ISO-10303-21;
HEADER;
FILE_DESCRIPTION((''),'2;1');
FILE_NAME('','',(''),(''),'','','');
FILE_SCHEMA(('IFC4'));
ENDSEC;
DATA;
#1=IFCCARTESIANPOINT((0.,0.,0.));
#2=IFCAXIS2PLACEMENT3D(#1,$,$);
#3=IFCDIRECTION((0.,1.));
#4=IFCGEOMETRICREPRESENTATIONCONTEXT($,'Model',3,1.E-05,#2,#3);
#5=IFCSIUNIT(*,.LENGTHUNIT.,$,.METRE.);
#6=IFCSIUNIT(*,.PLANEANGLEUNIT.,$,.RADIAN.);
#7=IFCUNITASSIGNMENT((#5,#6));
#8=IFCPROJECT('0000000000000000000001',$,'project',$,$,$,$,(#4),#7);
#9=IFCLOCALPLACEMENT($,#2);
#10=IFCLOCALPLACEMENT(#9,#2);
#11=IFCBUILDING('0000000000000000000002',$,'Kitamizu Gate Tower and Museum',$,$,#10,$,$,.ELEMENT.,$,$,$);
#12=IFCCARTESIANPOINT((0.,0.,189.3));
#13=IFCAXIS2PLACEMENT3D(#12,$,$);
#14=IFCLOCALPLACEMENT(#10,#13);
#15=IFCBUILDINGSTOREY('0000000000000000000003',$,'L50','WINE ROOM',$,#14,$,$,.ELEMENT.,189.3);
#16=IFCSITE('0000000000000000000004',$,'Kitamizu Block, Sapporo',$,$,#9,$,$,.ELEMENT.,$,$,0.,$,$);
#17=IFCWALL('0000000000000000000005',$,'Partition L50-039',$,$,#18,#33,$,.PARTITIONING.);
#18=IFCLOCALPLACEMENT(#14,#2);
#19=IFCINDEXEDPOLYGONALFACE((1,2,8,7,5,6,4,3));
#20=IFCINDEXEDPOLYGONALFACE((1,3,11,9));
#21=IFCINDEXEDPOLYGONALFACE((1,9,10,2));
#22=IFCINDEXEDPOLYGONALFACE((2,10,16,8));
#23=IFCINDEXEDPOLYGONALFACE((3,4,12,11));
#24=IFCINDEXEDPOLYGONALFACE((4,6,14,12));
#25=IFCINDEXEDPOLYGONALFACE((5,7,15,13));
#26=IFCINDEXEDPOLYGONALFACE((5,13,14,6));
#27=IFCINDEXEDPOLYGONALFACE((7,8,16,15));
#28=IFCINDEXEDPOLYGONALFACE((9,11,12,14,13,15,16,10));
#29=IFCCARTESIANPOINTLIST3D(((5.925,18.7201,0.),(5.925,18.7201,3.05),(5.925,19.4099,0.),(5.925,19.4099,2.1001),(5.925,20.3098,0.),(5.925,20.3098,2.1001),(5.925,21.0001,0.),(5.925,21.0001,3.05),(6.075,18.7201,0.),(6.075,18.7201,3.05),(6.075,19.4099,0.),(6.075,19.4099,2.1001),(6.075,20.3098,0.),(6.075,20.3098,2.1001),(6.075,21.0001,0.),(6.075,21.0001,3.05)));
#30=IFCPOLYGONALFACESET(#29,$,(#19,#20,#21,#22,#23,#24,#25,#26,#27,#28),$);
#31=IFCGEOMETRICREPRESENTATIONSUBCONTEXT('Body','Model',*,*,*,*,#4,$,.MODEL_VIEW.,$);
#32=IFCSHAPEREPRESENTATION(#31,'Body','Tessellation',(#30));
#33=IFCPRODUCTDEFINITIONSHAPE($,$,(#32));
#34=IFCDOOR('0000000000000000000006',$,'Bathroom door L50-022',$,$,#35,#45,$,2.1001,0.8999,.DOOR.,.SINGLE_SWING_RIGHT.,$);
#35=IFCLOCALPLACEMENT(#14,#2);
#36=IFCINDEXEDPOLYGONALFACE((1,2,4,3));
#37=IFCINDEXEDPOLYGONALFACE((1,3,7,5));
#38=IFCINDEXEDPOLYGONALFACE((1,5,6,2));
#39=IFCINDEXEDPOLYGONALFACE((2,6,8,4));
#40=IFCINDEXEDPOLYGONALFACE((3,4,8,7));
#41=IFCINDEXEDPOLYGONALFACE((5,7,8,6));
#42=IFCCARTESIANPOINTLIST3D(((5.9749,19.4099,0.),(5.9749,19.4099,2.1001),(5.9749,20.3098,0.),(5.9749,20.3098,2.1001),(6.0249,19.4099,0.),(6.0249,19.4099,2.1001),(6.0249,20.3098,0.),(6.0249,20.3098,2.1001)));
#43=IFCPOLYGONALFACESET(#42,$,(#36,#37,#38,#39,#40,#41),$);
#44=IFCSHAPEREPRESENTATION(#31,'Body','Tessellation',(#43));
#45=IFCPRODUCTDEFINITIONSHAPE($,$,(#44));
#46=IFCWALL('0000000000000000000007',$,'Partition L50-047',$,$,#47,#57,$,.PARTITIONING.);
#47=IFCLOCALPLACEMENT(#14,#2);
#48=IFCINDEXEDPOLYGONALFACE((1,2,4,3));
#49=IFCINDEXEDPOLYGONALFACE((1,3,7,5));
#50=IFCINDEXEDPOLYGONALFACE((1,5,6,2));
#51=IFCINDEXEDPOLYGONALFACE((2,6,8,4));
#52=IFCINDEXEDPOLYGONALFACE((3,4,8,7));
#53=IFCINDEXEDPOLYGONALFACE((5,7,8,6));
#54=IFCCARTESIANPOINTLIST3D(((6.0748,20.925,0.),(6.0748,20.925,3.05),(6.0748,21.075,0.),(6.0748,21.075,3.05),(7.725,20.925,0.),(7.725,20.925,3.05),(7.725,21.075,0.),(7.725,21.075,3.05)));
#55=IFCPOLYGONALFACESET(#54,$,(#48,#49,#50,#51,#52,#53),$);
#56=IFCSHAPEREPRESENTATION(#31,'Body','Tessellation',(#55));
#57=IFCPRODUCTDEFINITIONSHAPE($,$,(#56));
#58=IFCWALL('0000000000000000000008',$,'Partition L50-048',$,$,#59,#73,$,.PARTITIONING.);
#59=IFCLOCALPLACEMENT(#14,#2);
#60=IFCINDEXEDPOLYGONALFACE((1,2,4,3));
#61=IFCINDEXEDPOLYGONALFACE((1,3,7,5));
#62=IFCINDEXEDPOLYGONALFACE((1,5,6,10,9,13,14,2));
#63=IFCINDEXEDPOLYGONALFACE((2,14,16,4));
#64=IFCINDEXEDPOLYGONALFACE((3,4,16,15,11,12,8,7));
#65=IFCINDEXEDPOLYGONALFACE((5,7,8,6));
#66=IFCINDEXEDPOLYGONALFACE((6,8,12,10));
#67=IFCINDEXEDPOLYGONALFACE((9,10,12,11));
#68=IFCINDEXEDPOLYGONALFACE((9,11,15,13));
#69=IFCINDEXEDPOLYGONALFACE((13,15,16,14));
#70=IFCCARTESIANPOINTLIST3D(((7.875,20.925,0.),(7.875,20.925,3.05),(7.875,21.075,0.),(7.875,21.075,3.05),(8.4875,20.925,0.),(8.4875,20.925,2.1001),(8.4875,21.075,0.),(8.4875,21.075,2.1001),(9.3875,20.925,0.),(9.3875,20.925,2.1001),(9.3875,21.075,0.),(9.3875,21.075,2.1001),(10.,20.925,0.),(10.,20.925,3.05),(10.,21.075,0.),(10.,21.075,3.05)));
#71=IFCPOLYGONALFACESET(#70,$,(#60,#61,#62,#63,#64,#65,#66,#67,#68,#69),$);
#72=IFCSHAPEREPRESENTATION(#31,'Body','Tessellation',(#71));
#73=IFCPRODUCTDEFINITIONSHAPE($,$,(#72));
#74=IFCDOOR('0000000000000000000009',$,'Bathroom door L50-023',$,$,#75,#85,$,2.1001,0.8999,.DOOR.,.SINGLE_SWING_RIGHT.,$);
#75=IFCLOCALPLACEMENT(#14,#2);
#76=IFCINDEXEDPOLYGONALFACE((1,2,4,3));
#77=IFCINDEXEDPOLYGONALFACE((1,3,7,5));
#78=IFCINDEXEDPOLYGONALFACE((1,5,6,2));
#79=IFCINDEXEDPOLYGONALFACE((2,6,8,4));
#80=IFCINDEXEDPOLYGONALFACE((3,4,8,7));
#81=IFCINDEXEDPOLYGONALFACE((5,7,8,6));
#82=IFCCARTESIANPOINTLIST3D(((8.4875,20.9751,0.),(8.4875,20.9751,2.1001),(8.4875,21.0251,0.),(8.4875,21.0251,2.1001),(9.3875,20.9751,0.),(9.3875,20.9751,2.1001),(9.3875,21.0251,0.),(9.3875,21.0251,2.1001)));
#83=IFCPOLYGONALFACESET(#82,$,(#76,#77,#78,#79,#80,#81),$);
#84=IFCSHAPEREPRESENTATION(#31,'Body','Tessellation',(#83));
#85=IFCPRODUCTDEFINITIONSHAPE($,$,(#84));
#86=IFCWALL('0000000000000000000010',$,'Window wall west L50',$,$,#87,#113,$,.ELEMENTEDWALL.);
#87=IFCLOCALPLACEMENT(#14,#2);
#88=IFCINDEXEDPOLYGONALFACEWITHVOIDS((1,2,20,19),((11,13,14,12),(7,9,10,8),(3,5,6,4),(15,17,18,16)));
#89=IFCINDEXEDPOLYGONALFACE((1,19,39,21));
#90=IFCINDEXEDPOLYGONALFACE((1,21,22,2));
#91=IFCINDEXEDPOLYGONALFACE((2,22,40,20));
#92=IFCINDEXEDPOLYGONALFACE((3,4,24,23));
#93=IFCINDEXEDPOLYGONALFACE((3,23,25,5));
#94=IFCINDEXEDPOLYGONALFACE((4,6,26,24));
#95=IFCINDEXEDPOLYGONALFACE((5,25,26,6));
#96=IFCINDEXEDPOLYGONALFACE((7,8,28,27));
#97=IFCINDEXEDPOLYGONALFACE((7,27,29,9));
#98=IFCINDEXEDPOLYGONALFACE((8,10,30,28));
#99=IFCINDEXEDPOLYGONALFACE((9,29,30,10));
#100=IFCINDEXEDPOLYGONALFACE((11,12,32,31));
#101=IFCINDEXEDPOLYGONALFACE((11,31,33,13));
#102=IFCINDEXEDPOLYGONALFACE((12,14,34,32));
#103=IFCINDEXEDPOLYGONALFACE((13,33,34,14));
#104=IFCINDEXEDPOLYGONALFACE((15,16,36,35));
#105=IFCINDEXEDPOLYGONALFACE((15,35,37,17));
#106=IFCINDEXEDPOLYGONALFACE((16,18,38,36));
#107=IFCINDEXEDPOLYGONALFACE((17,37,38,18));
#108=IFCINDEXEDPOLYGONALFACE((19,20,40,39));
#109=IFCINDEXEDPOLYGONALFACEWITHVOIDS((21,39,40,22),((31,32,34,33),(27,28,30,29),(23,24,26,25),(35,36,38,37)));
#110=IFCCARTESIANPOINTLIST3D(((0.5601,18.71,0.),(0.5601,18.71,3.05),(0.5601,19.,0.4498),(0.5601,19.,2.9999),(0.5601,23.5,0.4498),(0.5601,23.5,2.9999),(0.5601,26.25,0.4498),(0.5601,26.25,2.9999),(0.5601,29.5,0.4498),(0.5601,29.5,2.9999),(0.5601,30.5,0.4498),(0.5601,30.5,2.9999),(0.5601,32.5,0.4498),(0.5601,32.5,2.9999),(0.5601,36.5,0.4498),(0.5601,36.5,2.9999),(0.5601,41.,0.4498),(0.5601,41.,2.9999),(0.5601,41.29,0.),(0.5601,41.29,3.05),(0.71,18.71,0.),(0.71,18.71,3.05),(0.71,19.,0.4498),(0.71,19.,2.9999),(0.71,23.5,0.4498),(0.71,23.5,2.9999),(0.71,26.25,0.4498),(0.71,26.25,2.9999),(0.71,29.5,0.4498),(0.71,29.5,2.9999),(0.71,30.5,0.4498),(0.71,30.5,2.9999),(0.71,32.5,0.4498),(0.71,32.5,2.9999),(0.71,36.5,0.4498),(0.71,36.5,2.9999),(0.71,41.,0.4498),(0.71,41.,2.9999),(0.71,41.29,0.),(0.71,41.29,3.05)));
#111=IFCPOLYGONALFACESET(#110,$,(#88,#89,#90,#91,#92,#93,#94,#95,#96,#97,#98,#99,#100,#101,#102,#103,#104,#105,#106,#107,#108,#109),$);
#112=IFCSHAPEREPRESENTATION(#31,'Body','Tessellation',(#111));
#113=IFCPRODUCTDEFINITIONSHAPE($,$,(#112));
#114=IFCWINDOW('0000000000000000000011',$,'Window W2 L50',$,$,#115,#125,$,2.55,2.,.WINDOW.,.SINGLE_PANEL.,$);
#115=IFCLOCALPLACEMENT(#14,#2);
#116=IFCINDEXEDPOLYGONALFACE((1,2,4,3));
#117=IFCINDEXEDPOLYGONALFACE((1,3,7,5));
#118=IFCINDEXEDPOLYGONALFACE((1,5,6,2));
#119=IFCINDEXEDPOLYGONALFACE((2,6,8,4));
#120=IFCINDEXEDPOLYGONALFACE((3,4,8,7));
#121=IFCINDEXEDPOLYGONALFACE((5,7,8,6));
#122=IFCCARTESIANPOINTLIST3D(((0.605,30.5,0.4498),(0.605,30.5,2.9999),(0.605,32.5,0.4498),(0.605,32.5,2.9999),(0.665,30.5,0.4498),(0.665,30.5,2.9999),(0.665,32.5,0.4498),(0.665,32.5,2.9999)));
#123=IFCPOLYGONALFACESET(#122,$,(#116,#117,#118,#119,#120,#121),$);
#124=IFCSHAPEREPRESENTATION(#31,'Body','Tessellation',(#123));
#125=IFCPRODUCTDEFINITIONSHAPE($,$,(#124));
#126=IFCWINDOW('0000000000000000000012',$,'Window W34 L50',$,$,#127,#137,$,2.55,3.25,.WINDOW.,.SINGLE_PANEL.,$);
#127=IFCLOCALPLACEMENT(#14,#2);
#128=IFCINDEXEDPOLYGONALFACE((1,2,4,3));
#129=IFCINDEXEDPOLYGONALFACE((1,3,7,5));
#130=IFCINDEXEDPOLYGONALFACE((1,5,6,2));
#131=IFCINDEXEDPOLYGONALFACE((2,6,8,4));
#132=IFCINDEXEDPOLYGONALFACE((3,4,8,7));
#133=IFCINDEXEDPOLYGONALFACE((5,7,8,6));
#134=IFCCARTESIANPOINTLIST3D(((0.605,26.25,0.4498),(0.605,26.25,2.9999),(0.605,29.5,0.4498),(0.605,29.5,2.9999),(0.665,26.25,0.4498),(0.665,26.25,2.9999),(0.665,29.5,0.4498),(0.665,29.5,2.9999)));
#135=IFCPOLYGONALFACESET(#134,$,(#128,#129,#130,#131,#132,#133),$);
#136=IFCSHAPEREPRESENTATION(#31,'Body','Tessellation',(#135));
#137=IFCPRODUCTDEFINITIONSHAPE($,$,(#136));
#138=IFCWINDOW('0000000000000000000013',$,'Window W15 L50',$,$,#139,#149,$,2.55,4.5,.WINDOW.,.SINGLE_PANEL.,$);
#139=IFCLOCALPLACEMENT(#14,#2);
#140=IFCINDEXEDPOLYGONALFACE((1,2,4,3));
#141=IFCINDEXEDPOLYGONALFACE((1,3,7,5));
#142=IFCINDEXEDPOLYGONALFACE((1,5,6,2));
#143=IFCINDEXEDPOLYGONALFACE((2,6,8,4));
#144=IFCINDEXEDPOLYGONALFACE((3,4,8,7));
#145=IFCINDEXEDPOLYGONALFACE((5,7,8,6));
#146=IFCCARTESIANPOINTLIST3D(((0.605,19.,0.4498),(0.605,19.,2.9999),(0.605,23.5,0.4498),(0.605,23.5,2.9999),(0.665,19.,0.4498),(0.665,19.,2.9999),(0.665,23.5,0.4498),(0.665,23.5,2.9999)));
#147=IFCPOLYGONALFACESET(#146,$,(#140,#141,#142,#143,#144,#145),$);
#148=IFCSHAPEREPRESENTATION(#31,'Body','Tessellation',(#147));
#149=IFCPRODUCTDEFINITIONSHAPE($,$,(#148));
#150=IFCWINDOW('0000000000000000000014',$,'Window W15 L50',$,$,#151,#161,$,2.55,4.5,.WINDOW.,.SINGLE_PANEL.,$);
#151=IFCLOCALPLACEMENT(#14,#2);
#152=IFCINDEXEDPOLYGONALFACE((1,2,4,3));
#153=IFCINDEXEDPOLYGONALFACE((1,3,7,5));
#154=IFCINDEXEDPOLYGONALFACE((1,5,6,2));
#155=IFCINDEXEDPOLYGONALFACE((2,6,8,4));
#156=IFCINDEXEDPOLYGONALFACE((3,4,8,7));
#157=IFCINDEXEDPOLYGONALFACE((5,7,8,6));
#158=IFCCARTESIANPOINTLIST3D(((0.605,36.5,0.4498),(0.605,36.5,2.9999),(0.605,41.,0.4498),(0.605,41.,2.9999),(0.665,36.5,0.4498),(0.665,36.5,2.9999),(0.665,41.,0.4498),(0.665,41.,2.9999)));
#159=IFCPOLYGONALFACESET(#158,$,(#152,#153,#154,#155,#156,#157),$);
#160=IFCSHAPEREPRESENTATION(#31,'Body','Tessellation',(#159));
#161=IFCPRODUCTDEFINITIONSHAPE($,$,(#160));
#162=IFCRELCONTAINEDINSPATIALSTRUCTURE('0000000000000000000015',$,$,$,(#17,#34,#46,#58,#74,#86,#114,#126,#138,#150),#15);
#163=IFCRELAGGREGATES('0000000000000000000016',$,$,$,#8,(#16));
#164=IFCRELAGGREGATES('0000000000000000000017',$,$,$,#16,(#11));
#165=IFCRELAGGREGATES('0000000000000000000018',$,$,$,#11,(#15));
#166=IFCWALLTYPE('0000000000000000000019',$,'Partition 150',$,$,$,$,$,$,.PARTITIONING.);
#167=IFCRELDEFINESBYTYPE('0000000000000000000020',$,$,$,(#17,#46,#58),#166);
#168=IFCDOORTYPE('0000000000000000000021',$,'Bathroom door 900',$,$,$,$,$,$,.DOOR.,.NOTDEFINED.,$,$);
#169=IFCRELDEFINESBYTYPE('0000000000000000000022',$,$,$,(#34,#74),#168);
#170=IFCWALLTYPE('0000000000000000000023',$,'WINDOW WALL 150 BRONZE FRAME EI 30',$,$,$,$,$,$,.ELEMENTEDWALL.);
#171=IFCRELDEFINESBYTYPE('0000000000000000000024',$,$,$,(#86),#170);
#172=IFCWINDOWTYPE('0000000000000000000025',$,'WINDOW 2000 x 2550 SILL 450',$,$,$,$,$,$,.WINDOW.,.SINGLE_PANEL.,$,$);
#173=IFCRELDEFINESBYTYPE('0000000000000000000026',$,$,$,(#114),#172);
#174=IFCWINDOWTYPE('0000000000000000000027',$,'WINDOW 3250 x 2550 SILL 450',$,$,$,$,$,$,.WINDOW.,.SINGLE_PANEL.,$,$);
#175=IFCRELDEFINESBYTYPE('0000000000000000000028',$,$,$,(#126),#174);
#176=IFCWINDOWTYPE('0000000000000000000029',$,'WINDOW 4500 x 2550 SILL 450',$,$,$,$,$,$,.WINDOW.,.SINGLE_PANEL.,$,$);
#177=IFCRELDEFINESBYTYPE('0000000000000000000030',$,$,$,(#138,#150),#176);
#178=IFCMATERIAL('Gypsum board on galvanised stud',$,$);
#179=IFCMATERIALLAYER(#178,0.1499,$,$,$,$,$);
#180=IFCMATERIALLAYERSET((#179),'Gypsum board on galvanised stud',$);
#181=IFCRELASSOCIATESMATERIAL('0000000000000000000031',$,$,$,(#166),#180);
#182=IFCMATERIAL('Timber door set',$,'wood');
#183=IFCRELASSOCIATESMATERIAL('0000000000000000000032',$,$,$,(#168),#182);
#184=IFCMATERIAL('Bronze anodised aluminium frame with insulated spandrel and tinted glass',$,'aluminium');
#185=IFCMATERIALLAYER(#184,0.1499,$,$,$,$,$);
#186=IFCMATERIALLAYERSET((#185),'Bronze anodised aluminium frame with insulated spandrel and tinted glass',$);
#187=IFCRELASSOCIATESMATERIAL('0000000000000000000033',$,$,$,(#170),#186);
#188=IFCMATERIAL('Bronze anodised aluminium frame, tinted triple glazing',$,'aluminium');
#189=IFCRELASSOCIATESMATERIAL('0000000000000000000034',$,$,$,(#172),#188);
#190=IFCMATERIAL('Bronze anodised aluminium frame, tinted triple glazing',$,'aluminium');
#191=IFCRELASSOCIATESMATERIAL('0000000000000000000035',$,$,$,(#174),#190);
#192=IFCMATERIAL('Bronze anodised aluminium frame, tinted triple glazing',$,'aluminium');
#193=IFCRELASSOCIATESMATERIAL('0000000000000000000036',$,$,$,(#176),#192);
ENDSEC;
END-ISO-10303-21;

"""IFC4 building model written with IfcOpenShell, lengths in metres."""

from ifc_helpers import new_model, si_unit, direction, frame, frame_2d, origin, place, context, subcontext, project, spatial, rectangle, extrude, material, layer, layer_set, type_object, element, fill, save


model = new_model("IFC4")

# Units and contexts
model_context = context("Model", 3, precision=1e-05, world=origin(), true_north=direction((0.0, 1.0)))
body_context = subcontext(model_context, "Body", "Model", "MODEL_VIEW")
ifc_project = project(units=[si_unit("LENGTHUNIT", "METRE"), si_unit("PLANEANGLEUNIT", "RADIAN")], contexts=[model_context])

# Site, building, storey
site_placement = place(None, origin())
site = spatial("IfcSite", under=ifc_project, at=site_placement, Name="Kitamizu Block, Sapporo", CompositionType="ELEMENT", RefElevation=0.0)
building_placement = place(site_placement, origin())
building = spatial("IfcBuilding", under=site, at=building_placement, Name="Kitamizu Gate Tower and Museum", CompositionType="ELEMENT")
storey_placement = place(building_placement, frame((0.0, 0.0, 189.3)))
storey = spatial("IfcBuildingStorey", under=building, at=storey_placement, Name="L50", Description="WINE ROOM", CompositionType="ELEMENT", Elevation=189.3)

# Wall, opening, door
ifc_material_1 = material(Name="Gypsum board on galvanised stud")
ifc_layer_1 = layer(ifc_material_1, 0.1499)
ifc_layer_set_1 = layer_set([ifc_layer_1], Name="Gypsum board on galvanised stud")
wall_type_1 = type_object("IfcWallType", Name="Partition 150", PredefinedType="PARTITIONING", material=ifc_layer_set_1)
wall_1_placement = place(storey_placement, frame((6.0, 18.72, 0.0), z_axis=(0.0, 0.0, 1.0), x_axis=(0.0, 1.0, 0.0)))
wall_1 = element("IfcWall", 1, at=wall_1_placement, inside=storey, type_object=wall_type_1, Name="Partition L50-039", PredefinedType="PARTITIONING", context=body_context, shape_type="SweptSolid", body=[
    extrude(rectangle(XDim=2.28, YDim=0.1499, at=frame_2d((1.1401, 0.0))), origin(), (0.0, 0.0, 1.0), 3.05),
])
opening_1_placement = place(wall_1_placement, frame((0.6899, 0.0, 0.0)))
opening_1 = element("IfcOpeningElement", 2, at=opening_1_placement, cuts=wall_1, PredefinedType="OPENING", context=body_context, shape_type="SweptSolid", body=[
    extrude(rectangle(XDim=0.8999, YDim=2.1001, at=frame_2d((0.45, 1.05))), frame((0.0, 0.085, 0.0), z_axis=(0.0, -1.0, 0.0), x_axis=(1.0, 0.0, 0.0)), (0.0, 0.0, 1.0), 0.1699),
])
ifc_material_2 = material(Name="Timber door set", Category="wood")
door_type_1 = type_object("IfcDoorType", Name="Bathroom door 900", OperationType="NOTDEFINED", PredefinedType="DOOR", material=ifc_material_2)
door_1_placement = place(opening_1_placement, frame((0.8999, 0.0, 0.0), x_axis=(-1.0, 0.0, 0.0)))
door_1 = element("IfcDoor", 3, at=door_1_placement, inside=storey, type_object=door_type_1, Name="Bathroom door L50-022", OperationType="SINGLE_SWING_RIGHT", OverallHeight=2.1001, OverallWidth=0.8999, PredefinedType="DOOR", context=body_context, shape_type="SweptSolid", body=[
    extrude(rectangle(XDim=0.8999, YDim=2.1001, at=frame_2d((0.45, 1.05))), frame((0.0, 0.0249, 0.0), z_axis=(0.0, -1.0, 0.0), x_axis=(1.0, 0.0, 0.0)), (0.0, 0.0, 1.0), 0.05),
])
fill(opening_1, door_1)

# Wall
wall_2_placement = place(storey_placement, frame((7.7251, 21.0, 0.0), z_axis=(0.0, 0.0, 1.0), x_axis=(-1.0, 0.0, 0.0)))
element("IfcWall", 4, at=wall_2_placement, inside=storey, type_object=wall_type_1, Name="Partition L50-047", PredefinedType="PARTITIONING", context=body_context, shape_type="SweptSolid", body=[
    extrude(rectangle(XDim=1.6501, YDim=0.1499, at=frame_2d((0.8252, 0.0))), origin(), (0.0, 0.0, 1.0), 3.05),
])

# Wall, opening, door
wall_3_placement = place(storey_placement, frame((10.0, 21.0, 0.0), z_axis=(0.0, 0.0, 1.0), x_axis=(-1.0, 0.0, 0.0)))
wall_3 = element("IfcWall", 5, at=wall_3_placement, inside=storey, type_object=wall_type_1, Name="Partition L50-048", PredefinedType="PARTITIONING", context=body_context, shape_type="SweptSolid", body=[
    extrude(rectangle(XDim=2.125, YDim=0.1499, at=frame_2d((1.0625, 0.0))), origin(), (0.0, 0.0, 1.0), 3.05),
])
opening_2_placement = place(wall_3_placement, frame((0.6125, 0.0, 0.0)))
opening_2 = element("IfcOpeningElement", 6, at=opening_2_placement, cuts=wall_3, PredefinedType="OPENING", context=body_context, shape_type="SweptSolid", body=[
    extrude(rectangle(XDim=0.8999, YDim=2.1001, at=frame_2d((0.45, 1.05))), frame((0.0, 0.085, 0.0), z_axis=(0.0, -1.0, 0.0), x_axis=(1.0, 0.0, 0.0)), (0.0, 0.0, 1.0), 0.1699),
])
door_2_placement = place(opening_2_placement, origin())
door_2 = element("IfcDoor", 7, at=door_2_placement, inside=storey, type_object=door_type_1, Name="Bathroom door L50-023", OperationType="SINGLE_SWING_RIGHT", OverallHeight=2.1001, OverallWidth=0.8999, PredefinedType="DOOR", context=body_context, shape_type="SweptSolid", body=[
    extrude(rectangle(XDim=0.8999, YDim=2.1001, at=frame_2d((0.45, 1.05))), frame((0.0, 0.0249, 0.0), z_axis=(0.0, -1.0, 0.0), x_axis=(1.0, 0.0, 0.0)), (0.0, 0.0, 1.0), 0.05),
])
fill(opening_2, door_2)

# Wall, openings, windows
ifc_material_3 = material(Name="Bronze anodised aluminium frame with insulated spandrel and tinted glass", Category="aluminium")
ifc_layer_2 = layer(ifc_material_3, 0.1499)
ifc_layer_set_2 = layer_set([ifc_layer_2], Name="Bronze anodised aluminium frame with insulated spandrel and tinted glass")
wall_type_2 = type_object("IfcWallType", Name="WINDOW WALL 150 BRONZE FRAME EI 30", PredefinedType="ELEMENTEDWALL", material=ifc_layer_set_2)
wall_4_placement = place(storey_placement, frame((0.635, 18.71, 0.0), z_axis=(0.0, 0.0, 1.0), x_axis=(0.0, 1.0, 0.0)))
wall_4 = element("IfcWall", 8, at=wall_4_placement, inside=storey, type_object=wall_type_2, Name="Window wall west L50", PredefinedType="ELEMENTEDWALL", context=body_context, shape_type="SweptSolid", body=[
    extrude(rectangle(XDim=22.5801, YDim=0.1499, at=frame_2d((11.29, 0.0))), origin(), (0.0, 0.0, 1.0), 3.05),
])
opening_3_placement = place(wall_4_placement, frame((0.29, 0.0, 0.45)))
opening_3 = element("IfcOpeningElement", 9, at=opening_3_placement, cuts=wall_4, PredefinedType="OPENING", context=body_context, shape_type="SweptSolid", body=[
    extrude(rectangle(XDim=4.5, YDim=2.55, at=frame_2d((2.25, 1.2749))), frame((0.0, 0.085, 0.0), z_axis=(0.0, -1.0, 0.0), x_axis=(1.0, 0.0, 0.0)), (0.0, 0.0, 1.0), 0.1699),
])
opening_4_placement = place(wall_4_placement, frame((7.54, 0.0, 0.45)))
opening_4 = element("IfcOpeningElement", 10, at=opening_4_placement, cuts=wall_4, PredefinedType="OPENING", context=body_context, shape_type="SweptSolid", body=[
    extrude(rectangle(XDim=3.25, YDim=2.55, at=frame_2d((1.625, 1.2749))), frame((0.0, 0.085, 0.0), z_axis=(0.0, -1.0, 0.0), x_axis=(1.0, 0.0, 0.0)), (0.0, 0.0, 1.0), 0.1699),
])
opening_5_placement = place(wall_4_placement, frame((11.79, 0.0, 0.45)))
opening_5 = element("IfcOpeningElement", 11, at=opening_5_placement, cuts=wall_4, PredefinedType="OPENING", context=body_context, shape_type="SweptSolid", body=[
    extrude(rectangle(XDim=2.0, YDim=2.55, at=frame_2d((1.0, 1.2749))), frame((0.0, 0.085, 0.0), z_axis=(0.0, -1.0, 0.0), x_axis=(1.0, 0.0, 0.0)), (0.0, 0.0, 1.0), 0.1699),
])
opening_6_placement = place(wall_4_placement, frame((17.79, 0.0, 0.45)))
opening_6 = element("IfcOpeningElement", 12, at=opening_6_placement, cuts=wall_4, PredefinedType="OPENING", context=body_context, shape_type="SweptSolid", body=[
    extrude(rectangle(XDim=4.5, YDim=2.55, at=frame_2d((2.25, 1.2749))), frame((0.0, 0.085, 0.0), z_axis=(0.0, -1.0, 0.0), x_axis=(1.0, 0.0, 0.0)), (0.0, 0.0, 1.0), 0.1699),
])
ifc_material_4 = material(Name="Bronze anodised aluminium frame, tinted triple glazing", Category="aluminium")
window_type_1 = type_object("IfcWindowType", Name="WINDOW 2000 x 2550 SILL 450", PartitioningType="SINGLE_PANEL", PredefinedType="WINDOW", material=ifc_material_4)
window_1_placement = place(opening_5_placement, origin())
window_1 = element("IfcWindow", 13, at=window_1_placement, inside=storey, type_object=window_type_1, Name="Window W2 L50", OverallHeight=2.55, OverallWidth=2.0, PartitioningType="SINGLE_PANEL", PredefinedType="WINDOW", context=body_context, shape_type="SweptSolid", body=[
    extrude(rectangle(XDim=2.0, YDim=2.55, at=frame_2d((1.0, 1.2749))), frame((0.0, 0.03, 0.0), z_axis=(0.0, -1.0, 0.0), x_axis=(1.0, 0.0, 0.0)), (0.0, 0.0, 1.0), 0.0601),
])
fill(opening_5, window_1)
ifc_material_5 = material(Name="Bronze anodised aluminium frame, tinted triple glazing", Category="aluminium")
window_type_2 = type_object("IfcWindowType", Name="WINDOW 3250 x 2550 SILL 450", PartitioningType="SINGLE_PANEL", PredefinedType="WINDOW", material=ifc_material_5)
window_2_placement = place(opening_4_placement, origin())
window_2 = element("IfcWindow", 14, at=window_2_placement, inside=storey, type_object=window_type_2, Name="Window W34 L50", OverallHeight=2.55, OverallWidth=3.25, PartitioningType="SINGLE_PANEL", PredefinedType="WINDOW", context=body_context, shape_type="SweptSolid", body=[
    extrude(rectangle(XDim=3.25, YDim=2.55, at=frame_2d((1.625, 1.2749))), frame((0.0, 0.03, 0.0), z_axis=(0.0, -1.0, 0.0), x_axis=(1.0, 0.0, 0.0)), (0.0, 0.0, 1.0), 0.0601),
])
fill(opening_4, window_2)
ifc_material_6 = material(Name="Bronze anodised aluminium frame, tinted triple glazing", Category="aluminium")
window_type_3 = type_object("IfcWindowType", Name="WINDOW 4500 x 2550 SILL 450", PartitioningType="SINGLE_PANEL", PredefinedType="WINDOW", material=ifc_material_6)
window_3_placement = place(opening_3_placement, origin())
window_3 = element("IfcWindow", 15, at=window_3_placement, inside=storey, type_object=window_type_3, Name="Window W15 L50", OverallHeight=2.55, OverallWidth=4.5, PartitioningType="SINGLE_PANEL", PredefinedType="WINDOW", context=body_context, shape_type="SweptSolid", body=[
    extrude(rectangle(XDim=4.5, YDim=2.55, at=frame_2d((2.25, 1.2749))), frame((0.0, 0.03, 0.0), z_axis=(0.0, -1.0, 0.0), x_axis=(1.0, 0.0, 0.0)), (0.0, 0.0, 1.0), 0.0601),
])
fill(opening_3, window_3)
window_4_placement = place(opening_6_placement, origin())
window_4 = element("IfcWindow", 16, at=window_4_placement, inside=storey, type_object=window_type_3, Name="Window W15 L50", OverallHeight=2.55, OverallWidth=4.5, PartitioningType="SINGLE_PANEL", PredefinedType="WINDOW", context=body_context, shape_type="SweptSolid", body=[
    extrude(rectangle(XDim=4.5, YDim=2.55, at=frame_2d((2.25, 1.2749))), frame((0.0, 0.03, 0.0), z_axis=(0.0, -1.0, 0.0), x_axis=(1.0, 0.0, 0.0)), (0.0, 0.0, 1.0), 0.0601),
])
fill(opening_6, window_4)

save(model, "model.ifc")
